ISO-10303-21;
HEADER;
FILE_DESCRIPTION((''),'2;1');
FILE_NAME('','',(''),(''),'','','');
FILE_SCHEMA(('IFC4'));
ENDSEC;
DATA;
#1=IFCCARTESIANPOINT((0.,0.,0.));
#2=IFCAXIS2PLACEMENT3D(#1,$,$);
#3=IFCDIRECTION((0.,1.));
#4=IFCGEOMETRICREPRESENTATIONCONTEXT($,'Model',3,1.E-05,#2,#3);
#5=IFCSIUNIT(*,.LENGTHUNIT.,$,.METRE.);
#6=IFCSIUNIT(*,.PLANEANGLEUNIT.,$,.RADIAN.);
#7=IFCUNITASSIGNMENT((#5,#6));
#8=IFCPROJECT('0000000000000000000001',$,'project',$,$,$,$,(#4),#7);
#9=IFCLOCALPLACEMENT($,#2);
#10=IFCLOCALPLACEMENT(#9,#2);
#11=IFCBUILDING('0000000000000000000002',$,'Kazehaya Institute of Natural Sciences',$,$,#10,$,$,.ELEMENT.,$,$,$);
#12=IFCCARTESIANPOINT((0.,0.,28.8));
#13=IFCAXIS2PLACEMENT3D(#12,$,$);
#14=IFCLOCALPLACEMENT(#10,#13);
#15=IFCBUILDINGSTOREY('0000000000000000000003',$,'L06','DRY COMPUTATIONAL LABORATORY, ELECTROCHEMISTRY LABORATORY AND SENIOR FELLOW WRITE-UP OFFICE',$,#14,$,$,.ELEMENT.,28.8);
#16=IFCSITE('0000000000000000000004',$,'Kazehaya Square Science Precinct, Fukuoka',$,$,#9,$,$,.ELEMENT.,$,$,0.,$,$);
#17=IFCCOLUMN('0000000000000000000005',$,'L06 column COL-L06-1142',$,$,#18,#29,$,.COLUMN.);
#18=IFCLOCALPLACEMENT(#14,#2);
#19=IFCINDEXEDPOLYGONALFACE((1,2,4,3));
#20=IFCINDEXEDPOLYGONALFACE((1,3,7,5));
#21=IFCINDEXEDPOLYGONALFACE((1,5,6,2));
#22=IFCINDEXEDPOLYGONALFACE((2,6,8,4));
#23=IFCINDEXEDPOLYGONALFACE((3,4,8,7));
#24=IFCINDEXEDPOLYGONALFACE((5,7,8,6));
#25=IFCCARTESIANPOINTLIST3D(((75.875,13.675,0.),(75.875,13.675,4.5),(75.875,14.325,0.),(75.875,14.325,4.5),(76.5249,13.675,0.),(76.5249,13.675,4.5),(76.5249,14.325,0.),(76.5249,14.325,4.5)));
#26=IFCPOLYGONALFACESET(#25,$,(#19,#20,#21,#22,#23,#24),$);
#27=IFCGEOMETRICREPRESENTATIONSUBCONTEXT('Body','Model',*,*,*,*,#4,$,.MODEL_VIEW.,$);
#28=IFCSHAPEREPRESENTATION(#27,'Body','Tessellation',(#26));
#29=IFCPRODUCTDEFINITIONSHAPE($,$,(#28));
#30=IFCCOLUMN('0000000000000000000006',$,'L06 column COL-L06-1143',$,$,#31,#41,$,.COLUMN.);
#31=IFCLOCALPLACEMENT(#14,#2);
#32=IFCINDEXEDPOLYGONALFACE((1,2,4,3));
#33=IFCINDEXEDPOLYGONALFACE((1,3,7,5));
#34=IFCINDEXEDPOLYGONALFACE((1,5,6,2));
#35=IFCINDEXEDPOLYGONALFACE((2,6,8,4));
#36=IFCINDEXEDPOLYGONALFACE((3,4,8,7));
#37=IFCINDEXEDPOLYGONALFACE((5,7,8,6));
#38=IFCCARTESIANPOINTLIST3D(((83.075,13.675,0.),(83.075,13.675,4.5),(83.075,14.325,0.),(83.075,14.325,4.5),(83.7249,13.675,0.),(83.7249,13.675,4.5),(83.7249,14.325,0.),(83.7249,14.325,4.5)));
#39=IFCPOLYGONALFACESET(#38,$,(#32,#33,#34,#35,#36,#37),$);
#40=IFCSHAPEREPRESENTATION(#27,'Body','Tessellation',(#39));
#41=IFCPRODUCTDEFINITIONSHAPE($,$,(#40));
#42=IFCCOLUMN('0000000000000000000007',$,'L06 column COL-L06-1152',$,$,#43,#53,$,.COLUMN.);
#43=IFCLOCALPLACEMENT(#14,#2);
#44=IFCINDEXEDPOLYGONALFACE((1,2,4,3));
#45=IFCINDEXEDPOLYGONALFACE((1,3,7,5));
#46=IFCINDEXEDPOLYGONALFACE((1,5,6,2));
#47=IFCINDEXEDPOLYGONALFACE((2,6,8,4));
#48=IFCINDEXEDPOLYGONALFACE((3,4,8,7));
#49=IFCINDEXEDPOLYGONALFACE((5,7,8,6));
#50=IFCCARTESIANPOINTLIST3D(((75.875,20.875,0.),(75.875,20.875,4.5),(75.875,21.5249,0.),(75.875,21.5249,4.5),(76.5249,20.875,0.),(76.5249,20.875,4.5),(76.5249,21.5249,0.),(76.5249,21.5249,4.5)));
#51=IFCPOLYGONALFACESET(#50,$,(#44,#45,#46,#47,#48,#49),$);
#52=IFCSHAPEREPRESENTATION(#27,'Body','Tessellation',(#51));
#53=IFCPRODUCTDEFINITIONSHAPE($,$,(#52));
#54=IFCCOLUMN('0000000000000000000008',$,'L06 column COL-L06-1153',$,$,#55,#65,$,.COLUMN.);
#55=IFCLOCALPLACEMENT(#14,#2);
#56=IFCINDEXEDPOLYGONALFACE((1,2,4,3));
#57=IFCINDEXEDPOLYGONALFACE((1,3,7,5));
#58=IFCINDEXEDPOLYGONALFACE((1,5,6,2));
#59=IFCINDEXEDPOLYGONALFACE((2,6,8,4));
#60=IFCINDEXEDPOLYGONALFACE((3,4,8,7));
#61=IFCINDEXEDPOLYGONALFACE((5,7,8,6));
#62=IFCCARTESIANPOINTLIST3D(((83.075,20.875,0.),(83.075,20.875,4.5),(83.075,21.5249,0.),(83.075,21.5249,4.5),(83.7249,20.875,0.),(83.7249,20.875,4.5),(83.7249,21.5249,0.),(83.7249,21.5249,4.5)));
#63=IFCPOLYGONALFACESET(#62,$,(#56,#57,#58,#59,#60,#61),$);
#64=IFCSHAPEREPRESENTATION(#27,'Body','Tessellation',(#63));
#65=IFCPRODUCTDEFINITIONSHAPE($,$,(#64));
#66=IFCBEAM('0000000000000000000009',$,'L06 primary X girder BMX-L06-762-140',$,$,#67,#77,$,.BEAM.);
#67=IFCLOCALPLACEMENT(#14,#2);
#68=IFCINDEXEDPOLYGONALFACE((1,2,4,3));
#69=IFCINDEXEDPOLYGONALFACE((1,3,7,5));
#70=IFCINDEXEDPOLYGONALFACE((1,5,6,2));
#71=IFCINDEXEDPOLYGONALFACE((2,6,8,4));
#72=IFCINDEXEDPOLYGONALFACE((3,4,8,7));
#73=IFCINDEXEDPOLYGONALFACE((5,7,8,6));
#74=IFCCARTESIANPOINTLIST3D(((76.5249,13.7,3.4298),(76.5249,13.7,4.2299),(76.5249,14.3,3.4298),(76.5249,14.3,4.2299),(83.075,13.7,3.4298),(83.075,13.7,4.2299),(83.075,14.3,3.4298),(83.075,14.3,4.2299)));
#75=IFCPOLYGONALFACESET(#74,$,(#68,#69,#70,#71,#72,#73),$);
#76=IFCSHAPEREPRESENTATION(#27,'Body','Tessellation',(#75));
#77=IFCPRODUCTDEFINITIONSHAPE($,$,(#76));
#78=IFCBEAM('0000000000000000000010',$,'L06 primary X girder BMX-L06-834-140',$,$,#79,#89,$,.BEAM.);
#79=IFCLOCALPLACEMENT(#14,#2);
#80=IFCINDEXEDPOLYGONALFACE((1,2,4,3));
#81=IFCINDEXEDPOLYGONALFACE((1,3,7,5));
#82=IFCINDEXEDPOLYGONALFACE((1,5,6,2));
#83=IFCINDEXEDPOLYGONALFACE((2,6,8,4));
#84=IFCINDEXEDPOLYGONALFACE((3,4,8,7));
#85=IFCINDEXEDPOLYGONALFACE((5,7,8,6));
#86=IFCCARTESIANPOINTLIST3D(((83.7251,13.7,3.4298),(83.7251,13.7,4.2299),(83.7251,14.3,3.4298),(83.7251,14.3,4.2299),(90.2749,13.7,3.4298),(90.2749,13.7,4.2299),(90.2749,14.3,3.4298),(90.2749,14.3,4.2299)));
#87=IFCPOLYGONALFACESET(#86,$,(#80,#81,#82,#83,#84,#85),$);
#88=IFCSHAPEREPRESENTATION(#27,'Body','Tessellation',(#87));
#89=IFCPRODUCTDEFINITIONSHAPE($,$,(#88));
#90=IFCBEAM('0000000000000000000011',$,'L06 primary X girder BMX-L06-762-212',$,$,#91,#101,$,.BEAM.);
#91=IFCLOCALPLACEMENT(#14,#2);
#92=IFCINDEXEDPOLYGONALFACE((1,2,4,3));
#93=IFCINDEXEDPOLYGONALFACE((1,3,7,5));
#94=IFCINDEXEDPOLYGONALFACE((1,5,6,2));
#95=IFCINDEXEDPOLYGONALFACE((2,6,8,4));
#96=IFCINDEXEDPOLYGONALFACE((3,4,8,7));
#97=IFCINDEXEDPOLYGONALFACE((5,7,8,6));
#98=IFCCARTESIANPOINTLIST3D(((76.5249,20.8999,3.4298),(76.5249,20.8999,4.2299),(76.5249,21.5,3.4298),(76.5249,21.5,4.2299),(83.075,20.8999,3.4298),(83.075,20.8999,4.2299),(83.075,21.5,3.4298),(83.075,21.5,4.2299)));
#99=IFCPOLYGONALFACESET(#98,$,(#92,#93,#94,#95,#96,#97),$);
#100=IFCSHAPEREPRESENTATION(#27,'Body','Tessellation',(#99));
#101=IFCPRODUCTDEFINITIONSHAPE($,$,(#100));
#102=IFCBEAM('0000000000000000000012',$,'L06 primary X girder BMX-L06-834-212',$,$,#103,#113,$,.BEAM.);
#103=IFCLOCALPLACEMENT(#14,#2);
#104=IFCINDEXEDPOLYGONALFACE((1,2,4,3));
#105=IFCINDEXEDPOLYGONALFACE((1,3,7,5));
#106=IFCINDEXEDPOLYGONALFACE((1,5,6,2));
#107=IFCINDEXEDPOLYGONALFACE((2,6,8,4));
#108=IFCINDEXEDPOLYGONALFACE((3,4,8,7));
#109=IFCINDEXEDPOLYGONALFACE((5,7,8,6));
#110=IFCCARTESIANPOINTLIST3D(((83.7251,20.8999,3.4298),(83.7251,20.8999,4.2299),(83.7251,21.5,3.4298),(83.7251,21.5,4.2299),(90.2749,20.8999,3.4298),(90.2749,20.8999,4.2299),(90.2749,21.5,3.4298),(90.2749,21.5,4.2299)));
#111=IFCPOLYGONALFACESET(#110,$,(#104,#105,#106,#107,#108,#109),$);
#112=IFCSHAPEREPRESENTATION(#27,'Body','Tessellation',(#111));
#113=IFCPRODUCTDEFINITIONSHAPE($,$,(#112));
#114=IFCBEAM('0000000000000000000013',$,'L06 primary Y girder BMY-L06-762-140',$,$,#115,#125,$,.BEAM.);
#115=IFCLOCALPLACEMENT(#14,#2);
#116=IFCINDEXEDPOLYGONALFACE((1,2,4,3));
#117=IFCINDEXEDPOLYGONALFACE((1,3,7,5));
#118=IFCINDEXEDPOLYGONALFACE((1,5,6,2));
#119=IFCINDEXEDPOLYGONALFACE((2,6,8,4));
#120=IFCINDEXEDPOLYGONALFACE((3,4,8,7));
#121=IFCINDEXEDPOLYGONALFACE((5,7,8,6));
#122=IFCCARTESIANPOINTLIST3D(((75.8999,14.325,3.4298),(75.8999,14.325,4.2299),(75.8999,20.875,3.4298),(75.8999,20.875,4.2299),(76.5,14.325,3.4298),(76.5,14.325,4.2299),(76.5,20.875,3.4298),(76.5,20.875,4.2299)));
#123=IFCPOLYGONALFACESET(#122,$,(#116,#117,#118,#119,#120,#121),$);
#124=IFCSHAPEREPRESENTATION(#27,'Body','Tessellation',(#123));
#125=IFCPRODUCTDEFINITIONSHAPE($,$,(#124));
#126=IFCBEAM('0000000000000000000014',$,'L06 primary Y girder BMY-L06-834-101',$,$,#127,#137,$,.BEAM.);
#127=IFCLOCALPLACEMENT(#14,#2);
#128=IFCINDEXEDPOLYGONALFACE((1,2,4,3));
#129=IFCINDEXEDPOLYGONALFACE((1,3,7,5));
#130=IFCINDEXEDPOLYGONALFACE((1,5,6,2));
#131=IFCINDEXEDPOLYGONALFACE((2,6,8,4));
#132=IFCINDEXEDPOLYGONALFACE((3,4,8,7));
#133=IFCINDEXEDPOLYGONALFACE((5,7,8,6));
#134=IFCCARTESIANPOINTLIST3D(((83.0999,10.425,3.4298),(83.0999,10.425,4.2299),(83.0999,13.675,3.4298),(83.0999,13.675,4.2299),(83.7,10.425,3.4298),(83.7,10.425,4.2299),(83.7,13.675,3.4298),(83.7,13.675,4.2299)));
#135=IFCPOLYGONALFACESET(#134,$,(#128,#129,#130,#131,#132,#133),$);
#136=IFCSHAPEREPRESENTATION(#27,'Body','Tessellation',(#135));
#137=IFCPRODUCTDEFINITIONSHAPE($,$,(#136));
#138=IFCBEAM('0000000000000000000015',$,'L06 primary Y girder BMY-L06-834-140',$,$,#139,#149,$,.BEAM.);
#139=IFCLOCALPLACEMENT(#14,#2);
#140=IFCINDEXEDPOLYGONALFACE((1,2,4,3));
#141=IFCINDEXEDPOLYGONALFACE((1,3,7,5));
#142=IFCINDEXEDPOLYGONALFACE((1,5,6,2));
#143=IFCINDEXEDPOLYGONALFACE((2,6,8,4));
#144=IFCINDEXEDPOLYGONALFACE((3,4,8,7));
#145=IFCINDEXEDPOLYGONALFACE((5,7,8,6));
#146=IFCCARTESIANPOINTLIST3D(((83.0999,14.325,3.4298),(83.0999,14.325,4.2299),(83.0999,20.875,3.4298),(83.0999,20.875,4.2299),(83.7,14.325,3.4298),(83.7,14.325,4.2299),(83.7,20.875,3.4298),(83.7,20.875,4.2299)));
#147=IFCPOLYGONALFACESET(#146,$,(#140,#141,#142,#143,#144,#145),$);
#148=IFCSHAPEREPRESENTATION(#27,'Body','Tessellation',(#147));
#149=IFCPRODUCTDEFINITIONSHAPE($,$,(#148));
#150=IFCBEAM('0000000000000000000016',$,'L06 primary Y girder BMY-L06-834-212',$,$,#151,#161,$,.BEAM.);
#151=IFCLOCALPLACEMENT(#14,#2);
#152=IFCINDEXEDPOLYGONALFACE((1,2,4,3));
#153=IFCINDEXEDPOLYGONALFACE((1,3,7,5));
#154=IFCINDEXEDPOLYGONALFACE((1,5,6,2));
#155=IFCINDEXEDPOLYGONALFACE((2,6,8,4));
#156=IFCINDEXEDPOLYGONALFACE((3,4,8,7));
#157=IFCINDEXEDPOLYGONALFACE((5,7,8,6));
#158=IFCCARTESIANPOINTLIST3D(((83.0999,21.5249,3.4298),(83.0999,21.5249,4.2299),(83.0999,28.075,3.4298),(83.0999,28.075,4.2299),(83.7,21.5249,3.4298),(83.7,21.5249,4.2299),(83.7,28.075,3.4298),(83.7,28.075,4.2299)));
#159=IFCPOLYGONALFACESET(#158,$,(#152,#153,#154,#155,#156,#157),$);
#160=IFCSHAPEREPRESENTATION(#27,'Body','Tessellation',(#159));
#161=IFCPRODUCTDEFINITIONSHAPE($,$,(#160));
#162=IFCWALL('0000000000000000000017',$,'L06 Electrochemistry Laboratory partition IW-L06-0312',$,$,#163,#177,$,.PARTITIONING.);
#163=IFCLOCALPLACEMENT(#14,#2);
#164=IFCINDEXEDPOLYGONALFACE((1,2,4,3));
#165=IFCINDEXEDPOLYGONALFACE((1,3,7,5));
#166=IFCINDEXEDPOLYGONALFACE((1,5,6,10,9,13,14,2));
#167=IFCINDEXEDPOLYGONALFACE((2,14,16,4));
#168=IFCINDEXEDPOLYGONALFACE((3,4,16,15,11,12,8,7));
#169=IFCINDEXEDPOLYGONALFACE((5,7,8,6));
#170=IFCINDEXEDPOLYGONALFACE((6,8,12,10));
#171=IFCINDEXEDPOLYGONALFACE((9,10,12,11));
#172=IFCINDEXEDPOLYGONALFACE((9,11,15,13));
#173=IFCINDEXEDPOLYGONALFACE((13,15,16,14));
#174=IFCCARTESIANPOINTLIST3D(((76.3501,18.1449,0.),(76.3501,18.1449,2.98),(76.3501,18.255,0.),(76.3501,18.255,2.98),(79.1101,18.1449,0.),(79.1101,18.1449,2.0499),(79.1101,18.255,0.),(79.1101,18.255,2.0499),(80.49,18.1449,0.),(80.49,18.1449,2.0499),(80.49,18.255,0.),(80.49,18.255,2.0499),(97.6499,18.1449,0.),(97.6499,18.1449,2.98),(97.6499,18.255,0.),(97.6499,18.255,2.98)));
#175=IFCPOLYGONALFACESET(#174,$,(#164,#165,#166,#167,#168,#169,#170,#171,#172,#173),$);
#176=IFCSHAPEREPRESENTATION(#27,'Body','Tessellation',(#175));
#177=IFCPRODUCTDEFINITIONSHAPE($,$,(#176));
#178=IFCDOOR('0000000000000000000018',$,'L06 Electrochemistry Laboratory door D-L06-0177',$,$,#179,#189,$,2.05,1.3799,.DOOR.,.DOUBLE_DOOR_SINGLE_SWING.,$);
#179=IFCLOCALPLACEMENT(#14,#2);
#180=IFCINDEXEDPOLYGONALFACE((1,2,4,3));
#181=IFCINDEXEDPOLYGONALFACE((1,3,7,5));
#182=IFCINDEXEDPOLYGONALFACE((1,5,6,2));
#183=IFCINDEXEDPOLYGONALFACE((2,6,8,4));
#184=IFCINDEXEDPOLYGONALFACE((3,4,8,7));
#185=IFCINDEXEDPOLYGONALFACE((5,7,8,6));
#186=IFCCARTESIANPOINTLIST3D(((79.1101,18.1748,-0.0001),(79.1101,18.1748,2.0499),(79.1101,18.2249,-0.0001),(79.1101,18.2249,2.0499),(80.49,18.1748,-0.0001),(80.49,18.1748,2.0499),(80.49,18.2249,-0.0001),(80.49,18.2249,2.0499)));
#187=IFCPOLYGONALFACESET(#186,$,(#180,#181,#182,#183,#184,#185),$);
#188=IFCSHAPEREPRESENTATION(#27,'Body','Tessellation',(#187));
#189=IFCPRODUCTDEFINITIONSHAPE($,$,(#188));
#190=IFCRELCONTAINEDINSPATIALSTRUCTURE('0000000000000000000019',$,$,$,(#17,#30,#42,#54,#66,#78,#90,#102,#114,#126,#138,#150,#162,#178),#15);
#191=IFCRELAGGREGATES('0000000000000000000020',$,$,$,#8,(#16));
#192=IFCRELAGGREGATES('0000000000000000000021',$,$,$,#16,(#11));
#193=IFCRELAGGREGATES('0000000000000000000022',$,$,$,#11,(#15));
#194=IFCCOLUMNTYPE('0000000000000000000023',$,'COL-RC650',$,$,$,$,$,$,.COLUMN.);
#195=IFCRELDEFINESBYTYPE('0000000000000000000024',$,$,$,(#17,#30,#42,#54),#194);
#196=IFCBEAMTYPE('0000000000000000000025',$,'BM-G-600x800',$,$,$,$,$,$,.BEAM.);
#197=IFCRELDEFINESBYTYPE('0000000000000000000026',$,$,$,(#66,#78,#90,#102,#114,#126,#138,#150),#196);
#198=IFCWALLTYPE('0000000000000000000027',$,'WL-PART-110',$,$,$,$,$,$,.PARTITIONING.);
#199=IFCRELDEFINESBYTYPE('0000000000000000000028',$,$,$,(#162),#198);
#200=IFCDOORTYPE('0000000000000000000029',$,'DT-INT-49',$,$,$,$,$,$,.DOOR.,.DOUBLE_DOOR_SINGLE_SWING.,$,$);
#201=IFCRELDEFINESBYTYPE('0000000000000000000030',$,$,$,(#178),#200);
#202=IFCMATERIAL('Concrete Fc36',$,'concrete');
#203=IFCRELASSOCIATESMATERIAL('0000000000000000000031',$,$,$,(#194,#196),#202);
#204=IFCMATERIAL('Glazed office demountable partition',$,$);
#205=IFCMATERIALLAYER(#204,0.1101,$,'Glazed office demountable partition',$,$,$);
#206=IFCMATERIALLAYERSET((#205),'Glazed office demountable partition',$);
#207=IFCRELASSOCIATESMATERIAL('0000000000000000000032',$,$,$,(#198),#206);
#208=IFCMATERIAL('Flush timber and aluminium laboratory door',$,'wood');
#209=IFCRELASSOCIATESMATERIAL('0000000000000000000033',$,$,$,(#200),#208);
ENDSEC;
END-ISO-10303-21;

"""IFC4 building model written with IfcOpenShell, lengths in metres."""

from ifc_helpers import new_model, si_unit, direction, frame, frame_2d, origin, origin_2d, place, context, subcontext, project, spatial, rectangle, extrude, material, layer, layer_set, material_profile, profile_set, type_object, element, fill, save


model = new_model("IFC4")

# Units and contexts
model_context = context("Model", 3, precision=1e-05, world=origin(), true_north=direction((0.0, 1.0)))
body_context = subcontext(model_context, "Body", "Model", "MODEL_VIEW")
ifc_project = project(units=[si_unit("LENGTHUNIT", "METRE"), si_unit("PLANEANGLEUNIT", "RADIAN")], contexts=[model_context])

# Site, building, storey
site_placement = place(None, origin())
site = spatial("IfcSite", under=ifc_project, at=site_placement, Name="Kazehaya Square Science Precinct, Fukuoka", CompositionType="ELEMENT", RefElevation=0.0)
building_placement = place(site_placement, origin())
building = spatial("IfcBuilding", under=site, at=building_placement, Name="Kazehaya Institute of Natural Sciences", CompositionType="ELEMENT")
storey_placement = place(building_placement, frame((0.0, 0.0, 28.8)))
storey = spatial("IfcBuildingStorey", under=building, at=storey_placement, Name="L06", Description="DRY COMPUTATIONAL LABORATORY, ELECTROCHEMISTRY LABORATORY AND SENIOR FELLOW WRITE-UP OFFICE", CompositionType="ELEMENT", Elevation=28.8)

# Columns
ifc_material_1 = material(Name="Concrete Fc36", Category="concrete")
ifc_material_profile_1 = material_profile(ifc_material_1, rectangle(XDim=0.6499, YDim=0.6499, at=origin_2d()), Name="RC-650x650")
ifc_profile_set_1 = profile_set([ifc_material_profile_1], Name="Concrete Fc36")
column_type = type_object("IfcColumnType", Name="COL-RC650", PredefinedType="COLUMN", material=ifc_profile_set_1)
for number, where, z_axis, x_axis, name in (
    (1, (76.2, 14.0, 0.0), (0.0, 0.0, 1.0), (1.0, 0.0, 0.0), "L06 column COL-L06-1142"),
    (2, (83.3999, 14.0, 0.0), (0.0, 0.0, 1.0), (1.0, 0.0, 0.0), "L06 column COL-L06-1143"),
    (3, (76.2, 21.2, 0.0), (0.0, 0.0, 1.0), (1.0, 0.0, 0.0), "L06 column COL-L06-1152"),
    (4, (83.3999, 21.2, 0.0), (0.0, 0.0, 1.0), (1.0, 0.0, 0.0), "L06 column COL-L06-1153"),
):
    element("IfcColumn", number, at=place(storey_placement, frame(where, z_axis=z_axis, x_axis=x_axis)), inside=storey, type_object=column_type, Name=name, PredefinedType="COLUMN", context=body_context, shape_type="SweptSolid", body=[
        extrude(rectangle(XDim=0.6499, YDim=0.6499, at=origin_2d()), origin(), (0.0, 0.0, 1.0), 4.5),
    ])

# Beams
ifc_material_profile_2 = material_profile(ifc_material_1, rectangle(XDim=0.6001, YDim=0.8, at=origin_2d()), Name="RC-600x800")
ifc_profile_set_2 = profile_set([ifc_material_profile_2], Name="Concrete Fc36")
beam_type = type_object("IfcBeamType", Name="BM-G-600x800", PredefinedType="BEAM", material=ifc_profile_set_2)
beam_1_placement = place(storey_placement, frame((76.5249, 14.0, 3.8298), z_axis=(1.0, 0.0, 0.0), x_axis=(0.0, 1.0, 0.0)))
element("IfcBeam", 5, at=beam_1_placement, inside=storey, type_object=beam_type, Name="L06 primary X girder BMX-L06-762-140", PredefinedType="BEAM", context=body_context, shape_type="SweptSolid", body=[
    extrude(rectangle(XDim=0.6001, YDim=0.8, at=origin_2d()), origin(), (0.0, 0.0, 1.0), 6.55),
])
beam_2_placement = place(storey_placement, frame((83.7251, 14.0, 3.8298), z_axis=(1.0, 0.0, 0.0), x_axis=(0.0, 1.0, 0.0)))
element("IfcBeam", 6, at=beam_2_placement, inside=storey, type_object=beam_type, Name="L06 primary X girder BMX-L06-834-140", PredefinedType="BEAM", context=body_context, shape_type="SweptSolid", body=[
    extrude(rectangle(XDim=0.6001, YDim=0.8, at=origin_2d()), origin(), (0.0, 0.0, 1.0), 6.5498),
])
beam_3_placement = place(storey_placement, frame((76.5249, 21.2, 3.8298), z_axis=(1.0, 0.0, 0.0), x_axis=(0.0, 1.0, 0.0)))
element("IfcBeam", 7, at=beam_3_placement, inside=storey, type_object=beam_type, Name="L06 primary X girder BMX-L06-762-212", PredefinedType="BEAM", context=body_context, shape_type="SweptSolid", body=[
    extrude(rectangle(XDim=0.6001, YDim=0.8, at=origin_2d()), origin(), (0.0, 0.0, 1.0), 6.55),
])
beam_4_placement = place(storey_placement, frame((83.7251, 21.2, 3.8298), z_axis=(1.0, 0.0, 0.0), x_axis=(0.0, 1.0, 0.0)))
element("IfcBeam", 8, at=beam_4_placement, inside=storey, type_object=beam_type, Name="L06 primary X girder BMX-L06-834-212", PredefinedType="BEAM", context=body_context, shape_type="SweptSolid", body=[
    extrude(rectangle(XDim=0.6001, YDim=0.8, at=origin_2d()), origin(), (0.0, 0.0, 1.0), 6.5498),
])
beam_5_placement = place(storey_placement, frame((76.2, 14.325, 3.8298), z_axis=(0.0, 1.0, 0.0), x_axis=(-1.0, 0.0, 0.0)))
element("IfcBeam", 9, at=beam_5_placement, inside=storey, type_object=beam_type, Name="L06 primary Y girder BMY-L06-762-140", PredefinedType="BEAM", context=body_context, shape_type="SweptSolid", body=[
    extrude(rectangle(XDim=0.6001, YDim=0.8, at=origin_2d()), origin(), (0.0, 0.0, 1.0), 6.55),
])
beam_6_placement = place(storey_placement, frame((83.3999, 10.425, 3.8298), z_axis=(0.0, 1.0, 0.0), x_axis=(-1.0, 0.0, 0.0)))
element("IfcBeam", 10, at=beam_6_placement, inside=storey, type_object=beam_type, Name="L06 primary Y girder BMY-L06-834-101", PredefinedType="BEAM", context=body_context, shape_type="SweptSolid", body=[
    extrude(rectangle(XDim=0.6001, YDim=0.8, at=origin_2d()), origin(), (0.0, 0.0, 1.0), 3.25),
])
for number, where, z_axis, x_axis, name in (
    (11, (83.3999, 14.325, 3.8298), (0.0, 1.0, 0.0), (-1.0, 0.0, 0.0), "L06 primary Y girder BMY-L06-834-140"),
    (12, (83.3999, 21.5249, 3.8298), (0.0, 1.0, 0.0), (-1.0, 0.0, 0.0), "L06 primary Y girder BMY-L06-834-212"),
):
    element("IfcBeam", number, at=place(storey_placement, frame(where, z_axis=z_axis, x_axis=x_axis)), inside=storey, type_object=beam_type, Name=name, PredefinedType="BEAM", context=body_context, shape_type="SweptSolid", body=[
        extrude(rectangle(XDim=0.6001, YDim=0.8, at=origin_2d()), origin(), (0.0, 0.0, 1.0), 6.55),
    ])

# Wall, opening, door
ifc_material_2 = material(Name="Glazed office demountable partition")
ifc_layer_1 = layer(ifc_material_2, 0.1101, Name="Glazed office demountable partition")
ifc_layer_set_1 = layer_set([ifc_layer_1], Name="Glazed office demountable partition")
wall_type_1 = type_object("IfcWallType", Name="WL-PART-110", PredefinedType="PARTITIONING", material=ifc_layer_set_1)
wall_1_placement = place(storey_placement, frame((76.3501, 18.2, 0.0), z_axis=(0.0, 0.0, 1.0), x_axis=(1.0, 0.0, 0.0)))
wall_1 = element("IfcWall", 13, at=wall_1_placement, inside=storey, type_object=wall_type_1, Name="L06 Electrochemistry Laboratory partition IW-L06-0312", PredefinedType="PARTITIONING", context=body_context, shape_type="SweptSolid", body=[
    extrude(rectangle(XDim=21.2998, YDim=0.1101, at=frame_2d((10.6499, 0.0))), origin(), (0.0, 0.0, 1.0), 2.98),
])
opening_1_placement = place(wall_1_placement, frame((2.76, 0.0, 0.0)))
opening_1 = element("IfcOpeningElement", 14, at=opening_1_placement, cuts=wall_1, PredefinedType="OPENING", context=body_context, shape_type="SweptSolid", body=[
    extrude(rectangle(XDim=1.3799, YDim=2.05, at=frame_2d((0.6899, 1.0249))), frame((0.0, 0.0649, 0.0), z_axis=(0.0, -1.0, 0.0), x_axis=(1.0, 0.0, 0.0)), (0.0, 0.0, 1.0), 0.1301),
])
ifc_material_3 = material(Name="Flush timber and aluminium laboratory door", Category="wood")
door_type_1 = type_object("IfcDoorType", Name="DT-INT-49", OperationType="DOUBLE_DOOR_SINGLE_SWING", PredefinedType="DOOR", material=ifc_material_3)
door_1_placement = place(opening_1_placement, origin())
door_1 = element("IfcDoor", 15, at=door_1_placement, inside=storey, type_object=door_type_1, Name="L06 Electrochemistry Laboratory door D-L06-0177", OperationType="DOUBLE_DOOR_SINGLE_SWING", OverallHeight=2.05, OverallWidth=1.3799, PredefinedType="DOOR", context=body_context, shape_type="SweptSolid", body=[
    extrude(rectangle(XDim=1.3799, YDim=2.05, at=frame_2d((0.6899, 1.0249))), frame((0.0, 0.0249, 0.0), z_axis=(0.0, -1.0, 0.0), x_axis=(1.0, 0.0, 0.0)), (0.0, 0.0, 1.0), 0.05),
])
fill(opening_1, door_1)

save(model, "model.ifc")
